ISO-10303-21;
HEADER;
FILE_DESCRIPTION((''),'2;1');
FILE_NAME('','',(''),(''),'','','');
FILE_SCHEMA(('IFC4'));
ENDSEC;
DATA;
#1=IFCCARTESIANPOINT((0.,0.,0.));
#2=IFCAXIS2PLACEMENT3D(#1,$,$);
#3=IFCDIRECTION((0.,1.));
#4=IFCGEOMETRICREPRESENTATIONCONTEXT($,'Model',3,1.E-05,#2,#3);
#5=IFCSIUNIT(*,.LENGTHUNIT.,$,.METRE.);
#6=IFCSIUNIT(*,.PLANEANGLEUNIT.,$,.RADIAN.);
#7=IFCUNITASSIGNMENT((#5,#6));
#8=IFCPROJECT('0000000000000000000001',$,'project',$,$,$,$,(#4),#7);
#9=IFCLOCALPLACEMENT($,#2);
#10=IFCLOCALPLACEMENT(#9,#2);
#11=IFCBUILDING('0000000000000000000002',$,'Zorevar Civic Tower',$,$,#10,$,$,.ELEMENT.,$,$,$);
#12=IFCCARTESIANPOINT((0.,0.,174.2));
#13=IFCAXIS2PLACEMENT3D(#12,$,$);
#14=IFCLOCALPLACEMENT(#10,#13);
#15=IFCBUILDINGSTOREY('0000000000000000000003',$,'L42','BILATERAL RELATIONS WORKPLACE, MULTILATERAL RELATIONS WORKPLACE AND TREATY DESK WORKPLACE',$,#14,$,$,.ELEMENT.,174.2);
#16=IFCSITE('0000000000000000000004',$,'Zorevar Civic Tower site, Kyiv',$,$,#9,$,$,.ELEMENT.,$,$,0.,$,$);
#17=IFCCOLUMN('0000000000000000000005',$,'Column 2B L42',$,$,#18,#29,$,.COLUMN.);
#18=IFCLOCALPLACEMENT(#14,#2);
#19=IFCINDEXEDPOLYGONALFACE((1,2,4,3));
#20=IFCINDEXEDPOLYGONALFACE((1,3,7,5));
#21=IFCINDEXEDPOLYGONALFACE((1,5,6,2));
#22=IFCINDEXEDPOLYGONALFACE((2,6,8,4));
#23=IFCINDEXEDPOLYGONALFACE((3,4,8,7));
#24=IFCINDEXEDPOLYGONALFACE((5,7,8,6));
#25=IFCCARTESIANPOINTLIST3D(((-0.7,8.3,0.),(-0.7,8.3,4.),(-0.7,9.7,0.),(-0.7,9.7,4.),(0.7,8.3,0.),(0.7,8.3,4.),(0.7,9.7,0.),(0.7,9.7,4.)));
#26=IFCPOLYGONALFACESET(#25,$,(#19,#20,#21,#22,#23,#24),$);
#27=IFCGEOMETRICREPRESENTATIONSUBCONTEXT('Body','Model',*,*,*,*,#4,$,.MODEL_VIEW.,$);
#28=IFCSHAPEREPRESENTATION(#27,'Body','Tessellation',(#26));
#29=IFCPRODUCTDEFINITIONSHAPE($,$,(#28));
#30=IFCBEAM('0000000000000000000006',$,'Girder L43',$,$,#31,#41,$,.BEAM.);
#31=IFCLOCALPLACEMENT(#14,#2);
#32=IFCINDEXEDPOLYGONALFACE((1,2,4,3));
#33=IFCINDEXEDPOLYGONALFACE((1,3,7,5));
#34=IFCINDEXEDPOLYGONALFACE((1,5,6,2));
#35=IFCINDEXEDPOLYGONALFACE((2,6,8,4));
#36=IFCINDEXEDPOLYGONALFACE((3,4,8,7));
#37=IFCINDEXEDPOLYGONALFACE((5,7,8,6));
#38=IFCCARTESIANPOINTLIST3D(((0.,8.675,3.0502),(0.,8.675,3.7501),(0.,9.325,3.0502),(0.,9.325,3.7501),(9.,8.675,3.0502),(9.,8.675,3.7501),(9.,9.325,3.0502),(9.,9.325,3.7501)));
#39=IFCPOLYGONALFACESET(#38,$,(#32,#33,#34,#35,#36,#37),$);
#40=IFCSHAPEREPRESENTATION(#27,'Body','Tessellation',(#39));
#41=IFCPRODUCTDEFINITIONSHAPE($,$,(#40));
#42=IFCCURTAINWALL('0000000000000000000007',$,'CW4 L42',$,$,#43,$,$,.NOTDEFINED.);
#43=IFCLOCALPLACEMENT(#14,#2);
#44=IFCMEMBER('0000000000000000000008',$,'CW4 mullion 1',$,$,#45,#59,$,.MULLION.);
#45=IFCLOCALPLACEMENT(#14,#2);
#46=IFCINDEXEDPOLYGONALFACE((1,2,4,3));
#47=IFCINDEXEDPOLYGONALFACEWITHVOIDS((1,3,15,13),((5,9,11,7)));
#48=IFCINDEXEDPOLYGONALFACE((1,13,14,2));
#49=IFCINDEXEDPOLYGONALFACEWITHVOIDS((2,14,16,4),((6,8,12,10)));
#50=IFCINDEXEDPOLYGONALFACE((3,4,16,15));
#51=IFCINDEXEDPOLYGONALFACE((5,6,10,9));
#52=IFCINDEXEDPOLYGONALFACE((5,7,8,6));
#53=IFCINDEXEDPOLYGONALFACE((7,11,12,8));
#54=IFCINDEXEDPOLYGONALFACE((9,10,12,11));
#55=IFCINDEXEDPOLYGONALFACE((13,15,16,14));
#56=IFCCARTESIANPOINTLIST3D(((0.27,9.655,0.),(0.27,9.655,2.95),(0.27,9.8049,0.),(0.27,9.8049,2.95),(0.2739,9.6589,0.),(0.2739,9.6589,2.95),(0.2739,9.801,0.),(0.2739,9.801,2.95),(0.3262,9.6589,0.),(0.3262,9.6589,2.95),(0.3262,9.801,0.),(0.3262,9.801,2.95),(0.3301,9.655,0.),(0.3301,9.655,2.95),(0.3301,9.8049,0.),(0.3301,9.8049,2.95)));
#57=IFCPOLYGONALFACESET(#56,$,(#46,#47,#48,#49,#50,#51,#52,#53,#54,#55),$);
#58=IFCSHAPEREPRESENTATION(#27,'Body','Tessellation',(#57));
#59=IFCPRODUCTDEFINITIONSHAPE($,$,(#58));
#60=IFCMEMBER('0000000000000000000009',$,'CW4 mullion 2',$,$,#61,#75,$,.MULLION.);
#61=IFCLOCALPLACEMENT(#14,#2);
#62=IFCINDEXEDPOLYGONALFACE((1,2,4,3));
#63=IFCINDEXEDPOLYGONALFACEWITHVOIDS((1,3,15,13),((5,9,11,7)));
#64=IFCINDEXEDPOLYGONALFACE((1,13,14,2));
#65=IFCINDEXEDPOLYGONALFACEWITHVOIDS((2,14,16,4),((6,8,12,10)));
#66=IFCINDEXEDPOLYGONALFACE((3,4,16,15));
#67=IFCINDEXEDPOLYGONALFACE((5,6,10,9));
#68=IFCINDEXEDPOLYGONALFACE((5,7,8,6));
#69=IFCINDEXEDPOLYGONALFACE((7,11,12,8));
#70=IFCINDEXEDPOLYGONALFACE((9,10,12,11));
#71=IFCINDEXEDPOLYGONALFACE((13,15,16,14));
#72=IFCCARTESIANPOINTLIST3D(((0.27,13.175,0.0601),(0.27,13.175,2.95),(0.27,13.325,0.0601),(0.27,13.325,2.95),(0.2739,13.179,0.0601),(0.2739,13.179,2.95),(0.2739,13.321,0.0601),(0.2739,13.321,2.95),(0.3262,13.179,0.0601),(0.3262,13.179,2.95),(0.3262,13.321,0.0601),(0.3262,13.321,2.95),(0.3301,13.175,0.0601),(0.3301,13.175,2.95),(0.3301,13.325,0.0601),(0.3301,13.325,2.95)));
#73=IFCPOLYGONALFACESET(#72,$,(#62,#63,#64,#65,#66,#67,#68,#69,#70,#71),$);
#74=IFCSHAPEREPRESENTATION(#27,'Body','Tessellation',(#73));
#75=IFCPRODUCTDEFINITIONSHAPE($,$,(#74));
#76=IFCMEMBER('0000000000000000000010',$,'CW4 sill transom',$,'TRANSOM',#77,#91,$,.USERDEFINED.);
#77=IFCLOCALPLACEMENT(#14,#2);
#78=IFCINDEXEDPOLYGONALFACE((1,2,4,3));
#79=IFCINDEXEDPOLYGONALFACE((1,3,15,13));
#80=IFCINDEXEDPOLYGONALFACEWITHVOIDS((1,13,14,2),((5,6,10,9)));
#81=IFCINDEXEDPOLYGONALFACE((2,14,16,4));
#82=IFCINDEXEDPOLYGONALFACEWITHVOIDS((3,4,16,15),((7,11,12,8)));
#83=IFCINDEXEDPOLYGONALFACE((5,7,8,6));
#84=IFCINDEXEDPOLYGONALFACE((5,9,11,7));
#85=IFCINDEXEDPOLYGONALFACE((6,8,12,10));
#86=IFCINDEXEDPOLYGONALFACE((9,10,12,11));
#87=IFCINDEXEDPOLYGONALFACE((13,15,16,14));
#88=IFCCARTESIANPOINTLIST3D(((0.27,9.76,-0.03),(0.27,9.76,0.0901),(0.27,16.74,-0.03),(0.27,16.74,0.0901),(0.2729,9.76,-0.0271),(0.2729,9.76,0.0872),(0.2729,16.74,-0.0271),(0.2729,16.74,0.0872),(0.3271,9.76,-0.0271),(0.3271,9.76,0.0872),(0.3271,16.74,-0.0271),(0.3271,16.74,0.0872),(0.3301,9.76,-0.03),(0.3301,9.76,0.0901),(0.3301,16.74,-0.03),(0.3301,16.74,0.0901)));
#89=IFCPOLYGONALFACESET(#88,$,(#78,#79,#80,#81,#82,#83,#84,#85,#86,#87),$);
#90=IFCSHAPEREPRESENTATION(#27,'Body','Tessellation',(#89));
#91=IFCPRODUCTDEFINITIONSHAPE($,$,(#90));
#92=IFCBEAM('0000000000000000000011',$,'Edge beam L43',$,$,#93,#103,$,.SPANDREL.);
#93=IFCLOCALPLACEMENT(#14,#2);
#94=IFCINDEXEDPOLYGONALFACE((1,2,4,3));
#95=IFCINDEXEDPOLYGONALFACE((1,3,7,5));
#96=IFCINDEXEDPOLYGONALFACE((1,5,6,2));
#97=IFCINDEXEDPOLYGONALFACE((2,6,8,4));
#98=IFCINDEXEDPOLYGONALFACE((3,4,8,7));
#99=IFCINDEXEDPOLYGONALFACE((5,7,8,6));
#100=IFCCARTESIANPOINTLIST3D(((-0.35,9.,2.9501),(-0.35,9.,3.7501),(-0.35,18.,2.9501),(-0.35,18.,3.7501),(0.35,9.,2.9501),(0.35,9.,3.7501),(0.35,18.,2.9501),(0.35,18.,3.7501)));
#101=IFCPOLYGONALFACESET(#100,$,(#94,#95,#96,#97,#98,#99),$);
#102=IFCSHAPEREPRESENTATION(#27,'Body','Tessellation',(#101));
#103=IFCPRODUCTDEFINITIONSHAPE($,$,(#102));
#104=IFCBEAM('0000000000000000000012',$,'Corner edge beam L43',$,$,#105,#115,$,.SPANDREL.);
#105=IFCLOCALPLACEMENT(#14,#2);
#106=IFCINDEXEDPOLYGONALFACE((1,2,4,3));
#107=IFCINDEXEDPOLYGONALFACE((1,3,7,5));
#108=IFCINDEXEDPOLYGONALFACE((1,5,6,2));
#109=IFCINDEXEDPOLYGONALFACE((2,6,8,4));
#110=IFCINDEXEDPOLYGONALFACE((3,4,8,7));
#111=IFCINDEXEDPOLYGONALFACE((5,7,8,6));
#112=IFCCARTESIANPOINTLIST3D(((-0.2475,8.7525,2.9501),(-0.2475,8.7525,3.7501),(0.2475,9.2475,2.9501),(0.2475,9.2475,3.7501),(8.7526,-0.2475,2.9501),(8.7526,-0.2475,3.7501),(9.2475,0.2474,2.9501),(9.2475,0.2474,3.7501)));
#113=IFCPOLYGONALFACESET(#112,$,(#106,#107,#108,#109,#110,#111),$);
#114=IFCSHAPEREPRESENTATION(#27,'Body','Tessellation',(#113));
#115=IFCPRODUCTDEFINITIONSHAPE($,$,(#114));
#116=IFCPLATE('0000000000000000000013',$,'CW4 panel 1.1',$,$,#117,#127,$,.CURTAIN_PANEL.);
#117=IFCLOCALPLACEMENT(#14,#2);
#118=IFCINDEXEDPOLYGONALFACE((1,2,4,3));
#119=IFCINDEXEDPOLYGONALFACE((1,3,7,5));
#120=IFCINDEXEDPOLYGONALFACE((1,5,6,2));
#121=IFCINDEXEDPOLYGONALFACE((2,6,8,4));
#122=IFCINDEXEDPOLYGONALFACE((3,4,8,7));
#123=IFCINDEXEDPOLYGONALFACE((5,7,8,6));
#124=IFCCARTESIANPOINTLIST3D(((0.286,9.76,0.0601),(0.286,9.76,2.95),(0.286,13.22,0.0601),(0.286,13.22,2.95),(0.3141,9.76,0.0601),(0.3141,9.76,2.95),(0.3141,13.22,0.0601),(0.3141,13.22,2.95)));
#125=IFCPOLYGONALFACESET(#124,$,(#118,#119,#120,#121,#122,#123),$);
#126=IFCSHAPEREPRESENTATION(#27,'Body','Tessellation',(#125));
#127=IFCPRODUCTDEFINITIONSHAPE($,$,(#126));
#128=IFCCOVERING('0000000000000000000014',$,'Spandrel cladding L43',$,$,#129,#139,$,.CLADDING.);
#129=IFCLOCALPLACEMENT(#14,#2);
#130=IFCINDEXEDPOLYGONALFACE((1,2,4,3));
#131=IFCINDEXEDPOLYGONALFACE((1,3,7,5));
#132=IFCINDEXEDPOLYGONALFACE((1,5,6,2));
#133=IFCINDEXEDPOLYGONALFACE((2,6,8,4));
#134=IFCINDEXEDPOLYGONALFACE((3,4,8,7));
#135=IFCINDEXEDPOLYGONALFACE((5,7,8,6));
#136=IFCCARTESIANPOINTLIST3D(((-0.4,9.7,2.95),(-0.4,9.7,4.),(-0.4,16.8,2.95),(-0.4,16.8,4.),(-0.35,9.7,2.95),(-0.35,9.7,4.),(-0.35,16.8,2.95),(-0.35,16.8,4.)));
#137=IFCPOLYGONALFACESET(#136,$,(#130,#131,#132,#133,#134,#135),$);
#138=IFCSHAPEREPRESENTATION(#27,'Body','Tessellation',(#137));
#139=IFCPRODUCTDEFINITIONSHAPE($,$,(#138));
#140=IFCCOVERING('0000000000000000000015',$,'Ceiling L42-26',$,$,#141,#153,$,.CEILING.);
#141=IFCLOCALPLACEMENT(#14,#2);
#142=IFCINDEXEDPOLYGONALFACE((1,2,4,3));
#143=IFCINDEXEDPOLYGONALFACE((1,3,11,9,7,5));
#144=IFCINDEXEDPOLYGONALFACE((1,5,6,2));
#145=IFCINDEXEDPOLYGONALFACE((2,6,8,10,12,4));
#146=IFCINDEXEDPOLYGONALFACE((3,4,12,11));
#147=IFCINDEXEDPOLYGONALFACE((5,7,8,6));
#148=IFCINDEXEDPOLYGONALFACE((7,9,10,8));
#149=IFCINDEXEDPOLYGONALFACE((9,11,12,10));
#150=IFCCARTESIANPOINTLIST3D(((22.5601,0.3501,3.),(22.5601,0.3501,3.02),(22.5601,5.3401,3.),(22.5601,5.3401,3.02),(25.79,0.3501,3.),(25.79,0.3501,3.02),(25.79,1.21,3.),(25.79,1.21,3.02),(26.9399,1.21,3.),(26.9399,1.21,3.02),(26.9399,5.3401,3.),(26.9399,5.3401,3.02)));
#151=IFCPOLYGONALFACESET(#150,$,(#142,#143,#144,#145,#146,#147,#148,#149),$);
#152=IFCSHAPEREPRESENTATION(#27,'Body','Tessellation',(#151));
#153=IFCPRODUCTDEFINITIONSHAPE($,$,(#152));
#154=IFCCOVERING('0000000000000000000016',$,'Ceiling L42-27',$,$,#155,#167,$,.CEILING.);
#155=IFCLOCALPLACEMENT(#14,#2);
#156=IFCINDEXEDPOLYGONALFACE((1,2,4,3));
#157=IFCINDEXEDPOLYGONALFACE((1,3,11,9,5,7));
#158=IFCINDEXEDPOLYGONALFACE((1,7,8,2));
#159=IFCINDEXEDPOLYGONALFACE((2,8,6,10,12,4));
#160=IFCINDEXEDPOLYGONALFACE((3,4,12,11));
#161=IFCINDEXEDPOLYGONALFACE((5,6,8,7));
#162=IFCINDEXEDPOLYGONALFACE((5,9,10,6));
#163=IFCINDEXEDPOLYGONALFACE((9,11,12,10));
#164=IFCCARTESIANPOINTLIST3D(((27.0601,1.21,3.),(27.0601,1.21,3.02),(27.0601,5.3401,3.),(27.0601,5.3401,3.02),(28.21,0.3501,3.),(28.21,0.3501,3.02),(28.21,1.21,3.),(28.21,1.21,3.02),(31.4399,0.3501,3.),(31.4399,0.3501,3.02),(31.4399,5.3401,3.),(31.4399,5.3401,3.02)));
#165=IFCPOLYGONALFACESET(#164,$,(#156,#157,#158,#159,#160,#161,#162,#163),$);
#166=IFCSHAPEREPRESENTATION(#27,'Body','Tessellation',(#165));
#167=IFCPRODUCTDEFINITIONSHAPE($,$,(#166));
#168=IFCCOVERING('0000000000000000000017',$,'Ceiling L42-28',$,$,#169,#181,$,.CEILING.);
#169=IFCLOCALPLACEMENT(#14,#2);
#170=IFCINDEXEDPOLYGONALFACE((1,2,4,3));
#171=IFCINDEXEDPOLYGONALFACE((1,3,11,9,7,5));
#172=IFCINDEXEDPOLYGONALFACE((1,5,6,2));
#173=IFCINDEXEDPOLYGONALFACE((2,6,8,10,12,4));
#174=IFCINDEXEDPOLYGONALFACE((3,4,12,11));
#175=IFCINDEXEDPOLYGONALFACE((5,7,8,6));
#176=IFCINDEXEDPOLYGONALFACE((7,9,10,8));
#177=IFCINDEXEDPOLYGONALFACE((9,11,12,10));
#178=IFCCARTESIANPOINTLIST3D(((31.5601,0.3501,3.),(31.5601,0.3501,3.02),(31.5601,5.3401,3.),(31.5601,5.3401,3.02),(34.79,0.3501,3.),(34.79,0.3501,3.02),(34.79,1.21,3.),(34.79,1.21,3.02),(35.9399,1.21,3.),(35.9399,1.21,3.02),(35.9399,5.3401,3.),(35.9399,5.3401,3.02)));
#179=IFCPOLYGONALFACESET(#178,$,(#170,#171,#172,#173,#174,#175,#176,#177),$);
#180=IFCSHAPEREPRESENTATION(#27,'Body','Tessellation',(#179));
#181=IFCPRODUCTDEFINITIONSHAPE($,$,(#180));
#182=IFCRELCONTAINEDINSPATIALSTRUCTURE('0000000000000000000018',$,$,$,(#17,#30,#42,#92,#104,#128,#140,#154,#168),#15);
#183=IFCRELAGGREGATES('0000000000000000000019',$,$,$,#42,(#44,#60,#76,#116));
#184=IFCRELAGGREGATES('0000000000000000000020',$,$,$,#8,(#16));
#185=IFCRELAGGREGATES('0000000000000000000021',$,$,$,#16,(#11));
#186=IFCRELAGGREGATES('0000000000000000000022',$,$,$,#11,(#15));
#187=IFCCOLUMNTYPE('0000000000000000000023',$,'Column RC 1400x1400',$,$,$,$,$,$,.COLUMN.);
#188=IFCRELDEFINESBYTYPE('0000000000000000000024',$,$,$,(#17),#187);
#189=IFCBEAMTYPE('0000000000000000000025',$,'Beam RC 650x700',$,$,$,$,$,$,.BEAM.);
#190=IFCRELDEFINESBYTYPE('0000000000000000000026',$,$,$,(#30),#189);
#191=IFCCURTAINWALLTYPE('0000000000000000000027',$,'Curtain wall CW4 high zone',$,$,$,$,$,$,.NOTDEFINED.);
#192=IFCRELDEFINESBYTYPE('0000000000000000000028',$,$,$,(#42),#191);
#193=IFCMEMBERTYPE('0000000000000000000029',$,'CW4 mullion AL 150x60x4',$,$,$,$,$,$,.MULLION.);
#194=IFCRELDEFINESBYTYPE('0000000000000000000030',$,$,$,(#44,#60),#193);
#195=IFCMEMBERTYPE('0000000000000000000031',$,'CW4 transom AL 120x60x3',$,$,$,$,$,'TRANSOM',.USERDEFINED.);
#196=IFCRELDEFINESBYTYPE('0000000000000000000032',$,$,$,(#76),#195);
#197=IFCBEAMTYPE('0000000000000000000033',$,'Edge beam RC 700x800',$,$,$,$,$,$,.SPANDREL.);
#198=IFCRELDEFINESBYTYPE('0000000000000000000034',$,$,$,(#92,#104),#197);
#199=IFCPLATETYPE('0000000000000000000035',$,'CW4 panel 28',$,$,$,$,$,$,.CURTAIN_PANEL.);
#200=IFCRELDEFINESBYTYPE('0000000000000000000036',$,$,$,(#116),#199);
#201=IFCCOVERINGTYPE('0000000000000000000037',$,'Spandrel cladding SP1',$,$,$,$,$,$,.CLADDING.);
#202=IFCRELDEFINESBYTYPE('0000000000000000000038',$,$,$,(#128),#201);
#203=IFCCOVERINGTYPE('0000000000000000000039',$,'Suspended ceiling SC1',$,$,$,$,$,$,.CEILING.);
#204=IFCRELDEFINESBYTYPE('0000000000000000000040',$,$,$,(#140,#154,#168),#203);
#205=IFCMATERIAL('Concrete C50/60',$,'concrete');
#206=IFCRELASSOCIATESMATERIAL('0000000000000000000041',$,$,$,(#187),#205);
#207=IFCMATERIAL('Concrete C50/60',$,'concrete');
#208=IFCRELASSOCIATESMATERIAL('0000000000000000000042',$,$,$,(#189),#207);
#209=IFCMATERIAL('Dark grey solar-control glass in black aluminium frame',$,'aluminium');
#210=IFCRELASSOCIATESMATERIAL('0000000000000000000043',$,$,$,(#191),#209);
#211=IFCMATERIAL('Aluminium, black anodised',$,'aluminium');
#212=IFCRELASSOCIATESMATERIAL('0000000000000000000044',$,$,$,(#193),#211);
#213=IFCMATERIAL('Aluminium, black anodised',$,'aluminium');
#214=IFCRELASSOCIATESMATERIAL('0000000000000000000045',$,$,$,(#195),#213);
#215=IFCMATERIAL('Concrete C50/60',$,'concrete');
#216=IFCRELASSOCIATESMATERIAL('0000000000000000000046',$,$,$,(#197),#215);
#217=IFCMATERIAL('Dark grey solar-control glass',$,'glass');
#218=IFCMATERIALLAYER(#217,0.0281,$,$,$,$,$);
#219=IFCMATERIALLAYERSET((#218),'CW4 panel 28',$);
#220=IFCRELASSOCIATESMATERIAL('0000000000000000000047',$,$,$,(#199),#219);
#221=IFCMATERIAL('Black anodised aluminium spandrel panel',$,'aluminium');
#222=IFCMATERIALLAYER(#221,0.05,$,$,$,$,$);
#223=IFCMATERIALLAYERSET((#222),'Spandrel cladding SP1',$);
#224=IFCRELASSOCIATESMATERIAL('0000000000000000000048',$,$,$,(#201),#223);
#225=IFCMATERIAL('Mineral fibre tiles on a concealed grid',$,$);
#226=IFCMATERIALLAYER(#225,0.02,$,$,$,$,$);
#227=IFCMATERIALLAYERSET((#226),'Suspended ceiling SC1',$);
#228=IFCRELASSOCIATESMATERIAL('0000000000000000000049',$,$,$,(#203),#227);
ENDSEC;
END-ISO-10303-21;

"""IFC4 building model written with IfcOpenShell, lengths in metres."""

from ifc_helpers import new_model, si_unit, direction, frame, frame_2d, origin, origin_2d, place, context, subcontext, project, spatial, polyline, rectangle, hollow_rectangle, outline, extrude, material, layer, layer_set, material_profile, profile_set, type_object, element, aggregate, save


model = new_model("IFC4")

# Units and contexts
model_context = context("Model", 3, precision=1e-05, world=origin(), true_north=direction((0.0, 1.0)))
body_context = subcontext(model_context, "Body", "Model", "MODEL_VIEW")
ifc_project = project(units=[si_unit("LENGTHUNIT", "METRE"), si_unit("PLANEANGLEUNIT", "RADIAN")], contexts=[model_context])

# Site, building, storey
site_placement = place(None, origin())
site = spatial("IfcSite", under=ifc_project, at=site_placement, Name="Zorevar Civic Tower site, Kyiv", CompositionType="ELEMENT", RefElevation=0.0)
building_placement = place(site_placement, origin())
building = spatial("IfcBuilding", under=site, at=building_placement, Name="Zorevar Civic Tower", CompositionType="ELEMENT")
storey_placement = place(building_placement, frame((0.0, 0.0, 174.2)))
storey = spatial("IfcBuildingStorey", under=building, at=storey_placement, Name="L42", Description="BILATERAL RELATIONS WORKPLACE, MULTILATERAL RELATIONS WORKPLACE AND TREATY DESK WORKPLACE", CompositionType="ELEMENT", Elevation=174.2)

# Column
ifc_material_1 = material(Name="Concrete C50/60", Category="concrete")
ifc_material_profile_1 = material_profile(ifc_material_1, rectangle(XDim=1.3999, YDim=1.3999, at=origin_2d()), Name="RC 1400x1400")
ifc_profile_set_1 = profile_set([ifc_material_profile_1], Name="Concrete C50/60")
column_type = type_object("IfcColumnType", Name="Column RC 1400x1400", PredefinedType="COLUMN", material=ifc_profile_set_1)
column_placement = place(storey_placement, frame((0.0, 9.0, 0.0), z_axis=(0.0, 0.0, 1.0), x_axis=(1.0, 0.0, 0.0)))
element("IfcColumn", 1, at=column_placement, inside=storey, type_object=column_type, Name="Column 2B L42", PredefinedType="COLUMN", context=body_context, shape_type="SweptSolid", body=[
    extrude(rectangle(XDim=1.3999, YDim=1.3999, at=origin_2d()), origin(), (0.0, 0.0, 1.0), 4.0),
])

# Beam
ifc_material_2 = material(Name="Concrete C50/60", Category="concrete")
ifc_material_profile_2 = material_profile(ifc_material_2, rectangle(XDim=0.6499, YDim=0.7, at=origin_2d()), Name="RC 650x700")
ifc_profile_set_2 = profile_set([ifc_material_profile_2], Name="Concrete C50/60")
beam_type_1 = type_object("IfcBeamType", Name="Beam RC 650x700", PredefinedType="BEAM", material=ifc_profile_set_2)
beam_1_placement = place(storey_placement, frame((0.0, 9.0, 3.4001), z_axis=(1.0, 0.0, 0.0), x_axis=(0.0, 1.0, 0.0)))
element("IfcBeam", 2, at=beam_1_placement, inside=storey, type_object=beam_type_1, Name="Girder L43", PredefinedType="BEAM", context=body_context, shape_type="SweptSolid", body=[
    extrude(rectangle(XDim=0.6499, YDim=0.7, at=origin_2d()), origin(), (0.0, 0.0, 1.0), 9.0),
])

# Curtain wall, members
ifc_material_3 = material(Name="Dark grey solar-control glass in black aluminium frame", Category="aluminium")
curtain_wall_type = type_object("IfcCurtainWallType", Name="Curtain wall CW4 high zone", PredefinedType="NOTDEFINED", material=ifc_material_3)
curtain_wall_placement = place(storey_placement, origin())
curtain_wall = element("IfcCurtainWall", 3, at=curtain_wall_placement, inside=storey, type_object=curtain_wall_type, Name="CW4 L42", PredefinedType="NOTDEFINED")
ifc_material_4 = material(Name="Aluminium, black anodised", Category="aluminium")
ifc_material_profile_3 = material_profile(ifc_material_4, hollow_rectangle(XDim=0.0601, YDim=0.1499, WallThickness=0.0039, at=origin_2d()), Name="AL 150x60x4")
ifc_profile_set_3 = profile_set([ifc_material_profile_3], Name="Aluminium, black anodised")
member_type_1 = type_object("IfcMemberType", Name="CW4 mullion AL 150x60x4", PredefinedType="MULLION", material=ifc_profile_set_3)
member_1_placement = place(storey_placement, frame((0.3, 9.73, 0.0), z_axis=(0.0, 0.0, 1.0), x_axis=(-1.0, 0.0, 0.0)))
member_1 = element("IfcMember", 4, at=member_1_placement, type_object=member_type_1, Name="CW4 mullion 1", PredefinedType="MULLION", context=body_context, shape_type="SweptSolid", body=[
    extrude(hollow_rectangle(XDim=0.0601, YDim=0.1499, WallThickness=0.0039, at=origin_2d()), origin(), (0.0, 0.0, 1.0), 2.95),
])
member_2_placement = place(storey_placement, frame((0.3, 13.25, 0.0601), z_axis=(0.0, 0.0, 1.0), x_axis=(-1.0, 0.0, 0.0)))
member_2 = element("IfcMember", 5, at=member_2_placement, type_object=member_type_1, Name="CW4 mullion 2", PredefinedType="MULLION", context=body_context, shape_type="SweptSolid", body=[
    extrude(hollow_rectangle(XDim=0.0601, YDim=0.1499, WallThickness=0.0039, at=origin_2d()), origin(), (0.0, 0.0, 1.0), 2.8899),
])
ifc_material_5 = material(Name="Aluminium, black anodised", Category="aluminium")
ifc_material_profile_4 = material_profile(ifc_material_5, hollow_rectangle(XDim=0.0601, YDim=0.1201, WallThickness=0.0029, at=origin_2d()), Name="AL 120x60x3")
ifc_profile_set_4 = profile_set([ifc_material_profile_4], Name="Aluminium, black anodised")
member_type_2 = type_object("IfcMemberType", Name="CW4 transom AL 120x60x3", ElementType="TRANSOM", PredefinedType="USERDEFINED", material=ifc_profile_set_4)
member_3_placement = place(storey_placement, frame((0.3, 9.76, 0.03), z_axis=(0.0, 1.0, 0.0), x_axis=(-1.0, 0.0, 0.0)))
member_3 = element("IfcMember", 6, at=member_3_placement, type_object=member_type_2, Name="CW4 sill transom", ObjectType="TRANSOM", PredefinedType="USERDEFINED", context=body_context, shape_type="SweptSolid", body=[
    extrude(hollow_rectangle(XDim=0.0601, YDim=0.1201, WallThickness=0.0029, at=origin_2d()), origin(), (0.0, 0.0, 1.0), 6.98),
])

# Beams
ifc_material_6 = material(Name="Concrete C50/60", Category="concrete")
ifc_material_profile_5 = material_profile(ifc_material_6, rectangle(XDim=0.7, YDim=0.8, at=origin_2d()), Name="RC 700x800")
ifc_profile_set_5 = profile_set([ifc_material_profile_5], Name="Concrete C50/60")
beam_type_2 = type_object("IfcBeamType", Name="Edge beam RC 700x800", PredefinedType="SPANDREL", material=ifc_profile_set_5)
beam_2_placement = place(storey_placement, frame((0.0, 9.0, 3.3501), z_axis=(0.0, 1.0, 0.0), x_axis=(-1.0, 0.0, 0.0)))
element("IfcBeam", 7, at=beam_2_placement, inside=storey, type_object=beam_type_2, Name="Edge beam L43", PredefinedType="SPANDREL", context=body_context, shape_type="SweptSolid", body=[
    extrude(rectangle(XDim=0.7, YDim=0.8, at=origin_2d()), origin(), (0.0, 0.0, 1.0), 9.0),
])
beam_3_placement = place(storey_placement, frame((0.0, 9.0, 3.3501), z_axis=(0.707107, -0.707107, 0.0), x_axis=(0.707107, 0.707107, 0.0)))
element("IfcBeam", 8, at=beam_3_placement, inside=storey, type_object=beam_type_2, Name="Corner edge beam L43", PredefinedType="SPANDREL", context=body_context, shape_type="SweptSolid", body=[
    extrude(rectangle(XDim=0.7, YDim=0.8, at=origin_2d()), origin(), (0.0, 0.0, 1.0), 12.728),
])

# Plate
ifc_material_7 = material(Name="Dark grey solar-control glass", Category="glass")
ifc_layer_1 = layer(ifc_material_7, 0.0281)
ifc_layer_set_1 = layer_set([ifc_layer_1], Name="CW4 panel 28")
plate_type = type_object("IfcPlateType", Name="CW4 panel 28", PredefinedType="CURTAIN_PANEL", material=ifc_layer_set_1)
plate_placement = place(storey_placement, frame((0.3, 11.49, 0.0601), z_axis=(0.0, 0.0, 1.0), x_axis=(0.0, 1.0, 0.0)))
plate = element("IfcPlate", 9, at=plate_placement, type_object=plate_type, Name="CW4 panel 1.1", PredefinedType="CURTAIN_PANEL", context=body_context, shape_type="SweptSolid", body=[
    extrude(rectangle(XDim=3.46, YDim=0.0281, at=origin_2d()), origin(), (0.0, 0.0, 1.0), 2.8899),
])
aggregate(curtain_wall, [member_1, member_2, member_3, plate])

# Coverings
ifc_material_8 = material(Name="Black anodised aluminium spandrel panel", Category="aluminium")
ifc_layer_2 = layer(ifc_material_8, 0.05)
ifc_layer_set_2 = layer_set([ifc_layer_2], Name="Spandrel cladding SP1")
covering_type_1 = type_object("IfcCoveringType", Name="Spandrel cladding SP1", PredefinedType="CLADDING", material=ifc_layer_set_2)
covering_1_placement = place(storey_placement, frame((-0.375, 9.7, 2.95), z_axis=(0.0, 0.0, 1.0), x_axis=(0.0, 1.0, 0.0)))
element("IfcCovering", 10, at=covering_1_placement, inside=storey, type_object=covering_type_1, Name="Spandrel cladding L43", PredefinedType="CLADDING", context=body_context, shape_type="SweptSolid", body=[
    extrude(rectangle(XDim=7.1001, YDim=0.05, at=frame_2d((3.55, 0.0))), origin(), (0.0, 0.0, 1.0), 1.05),
])
ifc_material_9 = material(Name="Mineral fibre tiles on a concealed grid")
ifc_layer_3 = layer(ifc_material_9, 0.02)
ifc_layer_set_3 = layer_set([ifc_layer_3], Name="Suspended ceiling SC1")
covering_type_2 = type_object("IfcCoveringType", Name="Suspended ceiling SC1", PredefinedType="CEILING", material=ifc_layer_set_3)
covering_2_placement = place(storey_placement, frame((0.0, 0.0, 3.0)))
element("IfcCovering", 11, at=covering_2_placement, inside=storey, type_object=covering_type_2, Name="Ceiling L42-26", PredefinedType="CEILING", context=body_context, shape_type="SweptSolid", body=[
    extrude(outline(polyline([(26.9399, 5.3401), (26.9399, 1.21), (25.79, 1.21), (25.79, 0.3501), (22.5601, 0.3501), (22.5601, 5.3401), (26.9399, 5.3401)])), origin(), (0.0, 0.0, 1.0), 0.02),
])
covering_3_placement = place(storey_placement, frame((0.0, 0.0, 3.0)))
element("IfcCovering", 12, at=covering_3_placement, inside=storey, type_object=covering_type_2, Name="Ceiling L42-27", PredefinedType="CEILING", context=body_context, shape_type="SweptSolid", body=[
    extrude(outline(polyline([(31.4399, 5.3401), (31.4399, 0.3501), (28.21, 0.3501), (28.21, 1.21), (27.0601, 1.21), (27.0601, 5.3401), (31.4399, 5.3401)])), origin(), (0.0, 0.0, 1.0), 0.02),
])
covering_4_placement = place(storey_placement, frame((0.0, 0.0, 3.0)))
element("IfcCovering", 13, at=covering_4_placement, inside=storey, type_object=covering_type_2, Name="Ceiling L42-28", PredefinedType="CEILING", context=body_context, shape_type="SweptSolid", body=[
    extrude(outline(polyline([(35.9399, 5.3401), (35.9399, 1.21), (34.79, 1.21), (34.79, 0.3501), (31.5601, 0.3501), (31.5601, 5.3401), (35.9399, 5.3401)])), origin(), (0.0, 0.0, 1.0), 0.02),
])

save(model, "model.ifc")
